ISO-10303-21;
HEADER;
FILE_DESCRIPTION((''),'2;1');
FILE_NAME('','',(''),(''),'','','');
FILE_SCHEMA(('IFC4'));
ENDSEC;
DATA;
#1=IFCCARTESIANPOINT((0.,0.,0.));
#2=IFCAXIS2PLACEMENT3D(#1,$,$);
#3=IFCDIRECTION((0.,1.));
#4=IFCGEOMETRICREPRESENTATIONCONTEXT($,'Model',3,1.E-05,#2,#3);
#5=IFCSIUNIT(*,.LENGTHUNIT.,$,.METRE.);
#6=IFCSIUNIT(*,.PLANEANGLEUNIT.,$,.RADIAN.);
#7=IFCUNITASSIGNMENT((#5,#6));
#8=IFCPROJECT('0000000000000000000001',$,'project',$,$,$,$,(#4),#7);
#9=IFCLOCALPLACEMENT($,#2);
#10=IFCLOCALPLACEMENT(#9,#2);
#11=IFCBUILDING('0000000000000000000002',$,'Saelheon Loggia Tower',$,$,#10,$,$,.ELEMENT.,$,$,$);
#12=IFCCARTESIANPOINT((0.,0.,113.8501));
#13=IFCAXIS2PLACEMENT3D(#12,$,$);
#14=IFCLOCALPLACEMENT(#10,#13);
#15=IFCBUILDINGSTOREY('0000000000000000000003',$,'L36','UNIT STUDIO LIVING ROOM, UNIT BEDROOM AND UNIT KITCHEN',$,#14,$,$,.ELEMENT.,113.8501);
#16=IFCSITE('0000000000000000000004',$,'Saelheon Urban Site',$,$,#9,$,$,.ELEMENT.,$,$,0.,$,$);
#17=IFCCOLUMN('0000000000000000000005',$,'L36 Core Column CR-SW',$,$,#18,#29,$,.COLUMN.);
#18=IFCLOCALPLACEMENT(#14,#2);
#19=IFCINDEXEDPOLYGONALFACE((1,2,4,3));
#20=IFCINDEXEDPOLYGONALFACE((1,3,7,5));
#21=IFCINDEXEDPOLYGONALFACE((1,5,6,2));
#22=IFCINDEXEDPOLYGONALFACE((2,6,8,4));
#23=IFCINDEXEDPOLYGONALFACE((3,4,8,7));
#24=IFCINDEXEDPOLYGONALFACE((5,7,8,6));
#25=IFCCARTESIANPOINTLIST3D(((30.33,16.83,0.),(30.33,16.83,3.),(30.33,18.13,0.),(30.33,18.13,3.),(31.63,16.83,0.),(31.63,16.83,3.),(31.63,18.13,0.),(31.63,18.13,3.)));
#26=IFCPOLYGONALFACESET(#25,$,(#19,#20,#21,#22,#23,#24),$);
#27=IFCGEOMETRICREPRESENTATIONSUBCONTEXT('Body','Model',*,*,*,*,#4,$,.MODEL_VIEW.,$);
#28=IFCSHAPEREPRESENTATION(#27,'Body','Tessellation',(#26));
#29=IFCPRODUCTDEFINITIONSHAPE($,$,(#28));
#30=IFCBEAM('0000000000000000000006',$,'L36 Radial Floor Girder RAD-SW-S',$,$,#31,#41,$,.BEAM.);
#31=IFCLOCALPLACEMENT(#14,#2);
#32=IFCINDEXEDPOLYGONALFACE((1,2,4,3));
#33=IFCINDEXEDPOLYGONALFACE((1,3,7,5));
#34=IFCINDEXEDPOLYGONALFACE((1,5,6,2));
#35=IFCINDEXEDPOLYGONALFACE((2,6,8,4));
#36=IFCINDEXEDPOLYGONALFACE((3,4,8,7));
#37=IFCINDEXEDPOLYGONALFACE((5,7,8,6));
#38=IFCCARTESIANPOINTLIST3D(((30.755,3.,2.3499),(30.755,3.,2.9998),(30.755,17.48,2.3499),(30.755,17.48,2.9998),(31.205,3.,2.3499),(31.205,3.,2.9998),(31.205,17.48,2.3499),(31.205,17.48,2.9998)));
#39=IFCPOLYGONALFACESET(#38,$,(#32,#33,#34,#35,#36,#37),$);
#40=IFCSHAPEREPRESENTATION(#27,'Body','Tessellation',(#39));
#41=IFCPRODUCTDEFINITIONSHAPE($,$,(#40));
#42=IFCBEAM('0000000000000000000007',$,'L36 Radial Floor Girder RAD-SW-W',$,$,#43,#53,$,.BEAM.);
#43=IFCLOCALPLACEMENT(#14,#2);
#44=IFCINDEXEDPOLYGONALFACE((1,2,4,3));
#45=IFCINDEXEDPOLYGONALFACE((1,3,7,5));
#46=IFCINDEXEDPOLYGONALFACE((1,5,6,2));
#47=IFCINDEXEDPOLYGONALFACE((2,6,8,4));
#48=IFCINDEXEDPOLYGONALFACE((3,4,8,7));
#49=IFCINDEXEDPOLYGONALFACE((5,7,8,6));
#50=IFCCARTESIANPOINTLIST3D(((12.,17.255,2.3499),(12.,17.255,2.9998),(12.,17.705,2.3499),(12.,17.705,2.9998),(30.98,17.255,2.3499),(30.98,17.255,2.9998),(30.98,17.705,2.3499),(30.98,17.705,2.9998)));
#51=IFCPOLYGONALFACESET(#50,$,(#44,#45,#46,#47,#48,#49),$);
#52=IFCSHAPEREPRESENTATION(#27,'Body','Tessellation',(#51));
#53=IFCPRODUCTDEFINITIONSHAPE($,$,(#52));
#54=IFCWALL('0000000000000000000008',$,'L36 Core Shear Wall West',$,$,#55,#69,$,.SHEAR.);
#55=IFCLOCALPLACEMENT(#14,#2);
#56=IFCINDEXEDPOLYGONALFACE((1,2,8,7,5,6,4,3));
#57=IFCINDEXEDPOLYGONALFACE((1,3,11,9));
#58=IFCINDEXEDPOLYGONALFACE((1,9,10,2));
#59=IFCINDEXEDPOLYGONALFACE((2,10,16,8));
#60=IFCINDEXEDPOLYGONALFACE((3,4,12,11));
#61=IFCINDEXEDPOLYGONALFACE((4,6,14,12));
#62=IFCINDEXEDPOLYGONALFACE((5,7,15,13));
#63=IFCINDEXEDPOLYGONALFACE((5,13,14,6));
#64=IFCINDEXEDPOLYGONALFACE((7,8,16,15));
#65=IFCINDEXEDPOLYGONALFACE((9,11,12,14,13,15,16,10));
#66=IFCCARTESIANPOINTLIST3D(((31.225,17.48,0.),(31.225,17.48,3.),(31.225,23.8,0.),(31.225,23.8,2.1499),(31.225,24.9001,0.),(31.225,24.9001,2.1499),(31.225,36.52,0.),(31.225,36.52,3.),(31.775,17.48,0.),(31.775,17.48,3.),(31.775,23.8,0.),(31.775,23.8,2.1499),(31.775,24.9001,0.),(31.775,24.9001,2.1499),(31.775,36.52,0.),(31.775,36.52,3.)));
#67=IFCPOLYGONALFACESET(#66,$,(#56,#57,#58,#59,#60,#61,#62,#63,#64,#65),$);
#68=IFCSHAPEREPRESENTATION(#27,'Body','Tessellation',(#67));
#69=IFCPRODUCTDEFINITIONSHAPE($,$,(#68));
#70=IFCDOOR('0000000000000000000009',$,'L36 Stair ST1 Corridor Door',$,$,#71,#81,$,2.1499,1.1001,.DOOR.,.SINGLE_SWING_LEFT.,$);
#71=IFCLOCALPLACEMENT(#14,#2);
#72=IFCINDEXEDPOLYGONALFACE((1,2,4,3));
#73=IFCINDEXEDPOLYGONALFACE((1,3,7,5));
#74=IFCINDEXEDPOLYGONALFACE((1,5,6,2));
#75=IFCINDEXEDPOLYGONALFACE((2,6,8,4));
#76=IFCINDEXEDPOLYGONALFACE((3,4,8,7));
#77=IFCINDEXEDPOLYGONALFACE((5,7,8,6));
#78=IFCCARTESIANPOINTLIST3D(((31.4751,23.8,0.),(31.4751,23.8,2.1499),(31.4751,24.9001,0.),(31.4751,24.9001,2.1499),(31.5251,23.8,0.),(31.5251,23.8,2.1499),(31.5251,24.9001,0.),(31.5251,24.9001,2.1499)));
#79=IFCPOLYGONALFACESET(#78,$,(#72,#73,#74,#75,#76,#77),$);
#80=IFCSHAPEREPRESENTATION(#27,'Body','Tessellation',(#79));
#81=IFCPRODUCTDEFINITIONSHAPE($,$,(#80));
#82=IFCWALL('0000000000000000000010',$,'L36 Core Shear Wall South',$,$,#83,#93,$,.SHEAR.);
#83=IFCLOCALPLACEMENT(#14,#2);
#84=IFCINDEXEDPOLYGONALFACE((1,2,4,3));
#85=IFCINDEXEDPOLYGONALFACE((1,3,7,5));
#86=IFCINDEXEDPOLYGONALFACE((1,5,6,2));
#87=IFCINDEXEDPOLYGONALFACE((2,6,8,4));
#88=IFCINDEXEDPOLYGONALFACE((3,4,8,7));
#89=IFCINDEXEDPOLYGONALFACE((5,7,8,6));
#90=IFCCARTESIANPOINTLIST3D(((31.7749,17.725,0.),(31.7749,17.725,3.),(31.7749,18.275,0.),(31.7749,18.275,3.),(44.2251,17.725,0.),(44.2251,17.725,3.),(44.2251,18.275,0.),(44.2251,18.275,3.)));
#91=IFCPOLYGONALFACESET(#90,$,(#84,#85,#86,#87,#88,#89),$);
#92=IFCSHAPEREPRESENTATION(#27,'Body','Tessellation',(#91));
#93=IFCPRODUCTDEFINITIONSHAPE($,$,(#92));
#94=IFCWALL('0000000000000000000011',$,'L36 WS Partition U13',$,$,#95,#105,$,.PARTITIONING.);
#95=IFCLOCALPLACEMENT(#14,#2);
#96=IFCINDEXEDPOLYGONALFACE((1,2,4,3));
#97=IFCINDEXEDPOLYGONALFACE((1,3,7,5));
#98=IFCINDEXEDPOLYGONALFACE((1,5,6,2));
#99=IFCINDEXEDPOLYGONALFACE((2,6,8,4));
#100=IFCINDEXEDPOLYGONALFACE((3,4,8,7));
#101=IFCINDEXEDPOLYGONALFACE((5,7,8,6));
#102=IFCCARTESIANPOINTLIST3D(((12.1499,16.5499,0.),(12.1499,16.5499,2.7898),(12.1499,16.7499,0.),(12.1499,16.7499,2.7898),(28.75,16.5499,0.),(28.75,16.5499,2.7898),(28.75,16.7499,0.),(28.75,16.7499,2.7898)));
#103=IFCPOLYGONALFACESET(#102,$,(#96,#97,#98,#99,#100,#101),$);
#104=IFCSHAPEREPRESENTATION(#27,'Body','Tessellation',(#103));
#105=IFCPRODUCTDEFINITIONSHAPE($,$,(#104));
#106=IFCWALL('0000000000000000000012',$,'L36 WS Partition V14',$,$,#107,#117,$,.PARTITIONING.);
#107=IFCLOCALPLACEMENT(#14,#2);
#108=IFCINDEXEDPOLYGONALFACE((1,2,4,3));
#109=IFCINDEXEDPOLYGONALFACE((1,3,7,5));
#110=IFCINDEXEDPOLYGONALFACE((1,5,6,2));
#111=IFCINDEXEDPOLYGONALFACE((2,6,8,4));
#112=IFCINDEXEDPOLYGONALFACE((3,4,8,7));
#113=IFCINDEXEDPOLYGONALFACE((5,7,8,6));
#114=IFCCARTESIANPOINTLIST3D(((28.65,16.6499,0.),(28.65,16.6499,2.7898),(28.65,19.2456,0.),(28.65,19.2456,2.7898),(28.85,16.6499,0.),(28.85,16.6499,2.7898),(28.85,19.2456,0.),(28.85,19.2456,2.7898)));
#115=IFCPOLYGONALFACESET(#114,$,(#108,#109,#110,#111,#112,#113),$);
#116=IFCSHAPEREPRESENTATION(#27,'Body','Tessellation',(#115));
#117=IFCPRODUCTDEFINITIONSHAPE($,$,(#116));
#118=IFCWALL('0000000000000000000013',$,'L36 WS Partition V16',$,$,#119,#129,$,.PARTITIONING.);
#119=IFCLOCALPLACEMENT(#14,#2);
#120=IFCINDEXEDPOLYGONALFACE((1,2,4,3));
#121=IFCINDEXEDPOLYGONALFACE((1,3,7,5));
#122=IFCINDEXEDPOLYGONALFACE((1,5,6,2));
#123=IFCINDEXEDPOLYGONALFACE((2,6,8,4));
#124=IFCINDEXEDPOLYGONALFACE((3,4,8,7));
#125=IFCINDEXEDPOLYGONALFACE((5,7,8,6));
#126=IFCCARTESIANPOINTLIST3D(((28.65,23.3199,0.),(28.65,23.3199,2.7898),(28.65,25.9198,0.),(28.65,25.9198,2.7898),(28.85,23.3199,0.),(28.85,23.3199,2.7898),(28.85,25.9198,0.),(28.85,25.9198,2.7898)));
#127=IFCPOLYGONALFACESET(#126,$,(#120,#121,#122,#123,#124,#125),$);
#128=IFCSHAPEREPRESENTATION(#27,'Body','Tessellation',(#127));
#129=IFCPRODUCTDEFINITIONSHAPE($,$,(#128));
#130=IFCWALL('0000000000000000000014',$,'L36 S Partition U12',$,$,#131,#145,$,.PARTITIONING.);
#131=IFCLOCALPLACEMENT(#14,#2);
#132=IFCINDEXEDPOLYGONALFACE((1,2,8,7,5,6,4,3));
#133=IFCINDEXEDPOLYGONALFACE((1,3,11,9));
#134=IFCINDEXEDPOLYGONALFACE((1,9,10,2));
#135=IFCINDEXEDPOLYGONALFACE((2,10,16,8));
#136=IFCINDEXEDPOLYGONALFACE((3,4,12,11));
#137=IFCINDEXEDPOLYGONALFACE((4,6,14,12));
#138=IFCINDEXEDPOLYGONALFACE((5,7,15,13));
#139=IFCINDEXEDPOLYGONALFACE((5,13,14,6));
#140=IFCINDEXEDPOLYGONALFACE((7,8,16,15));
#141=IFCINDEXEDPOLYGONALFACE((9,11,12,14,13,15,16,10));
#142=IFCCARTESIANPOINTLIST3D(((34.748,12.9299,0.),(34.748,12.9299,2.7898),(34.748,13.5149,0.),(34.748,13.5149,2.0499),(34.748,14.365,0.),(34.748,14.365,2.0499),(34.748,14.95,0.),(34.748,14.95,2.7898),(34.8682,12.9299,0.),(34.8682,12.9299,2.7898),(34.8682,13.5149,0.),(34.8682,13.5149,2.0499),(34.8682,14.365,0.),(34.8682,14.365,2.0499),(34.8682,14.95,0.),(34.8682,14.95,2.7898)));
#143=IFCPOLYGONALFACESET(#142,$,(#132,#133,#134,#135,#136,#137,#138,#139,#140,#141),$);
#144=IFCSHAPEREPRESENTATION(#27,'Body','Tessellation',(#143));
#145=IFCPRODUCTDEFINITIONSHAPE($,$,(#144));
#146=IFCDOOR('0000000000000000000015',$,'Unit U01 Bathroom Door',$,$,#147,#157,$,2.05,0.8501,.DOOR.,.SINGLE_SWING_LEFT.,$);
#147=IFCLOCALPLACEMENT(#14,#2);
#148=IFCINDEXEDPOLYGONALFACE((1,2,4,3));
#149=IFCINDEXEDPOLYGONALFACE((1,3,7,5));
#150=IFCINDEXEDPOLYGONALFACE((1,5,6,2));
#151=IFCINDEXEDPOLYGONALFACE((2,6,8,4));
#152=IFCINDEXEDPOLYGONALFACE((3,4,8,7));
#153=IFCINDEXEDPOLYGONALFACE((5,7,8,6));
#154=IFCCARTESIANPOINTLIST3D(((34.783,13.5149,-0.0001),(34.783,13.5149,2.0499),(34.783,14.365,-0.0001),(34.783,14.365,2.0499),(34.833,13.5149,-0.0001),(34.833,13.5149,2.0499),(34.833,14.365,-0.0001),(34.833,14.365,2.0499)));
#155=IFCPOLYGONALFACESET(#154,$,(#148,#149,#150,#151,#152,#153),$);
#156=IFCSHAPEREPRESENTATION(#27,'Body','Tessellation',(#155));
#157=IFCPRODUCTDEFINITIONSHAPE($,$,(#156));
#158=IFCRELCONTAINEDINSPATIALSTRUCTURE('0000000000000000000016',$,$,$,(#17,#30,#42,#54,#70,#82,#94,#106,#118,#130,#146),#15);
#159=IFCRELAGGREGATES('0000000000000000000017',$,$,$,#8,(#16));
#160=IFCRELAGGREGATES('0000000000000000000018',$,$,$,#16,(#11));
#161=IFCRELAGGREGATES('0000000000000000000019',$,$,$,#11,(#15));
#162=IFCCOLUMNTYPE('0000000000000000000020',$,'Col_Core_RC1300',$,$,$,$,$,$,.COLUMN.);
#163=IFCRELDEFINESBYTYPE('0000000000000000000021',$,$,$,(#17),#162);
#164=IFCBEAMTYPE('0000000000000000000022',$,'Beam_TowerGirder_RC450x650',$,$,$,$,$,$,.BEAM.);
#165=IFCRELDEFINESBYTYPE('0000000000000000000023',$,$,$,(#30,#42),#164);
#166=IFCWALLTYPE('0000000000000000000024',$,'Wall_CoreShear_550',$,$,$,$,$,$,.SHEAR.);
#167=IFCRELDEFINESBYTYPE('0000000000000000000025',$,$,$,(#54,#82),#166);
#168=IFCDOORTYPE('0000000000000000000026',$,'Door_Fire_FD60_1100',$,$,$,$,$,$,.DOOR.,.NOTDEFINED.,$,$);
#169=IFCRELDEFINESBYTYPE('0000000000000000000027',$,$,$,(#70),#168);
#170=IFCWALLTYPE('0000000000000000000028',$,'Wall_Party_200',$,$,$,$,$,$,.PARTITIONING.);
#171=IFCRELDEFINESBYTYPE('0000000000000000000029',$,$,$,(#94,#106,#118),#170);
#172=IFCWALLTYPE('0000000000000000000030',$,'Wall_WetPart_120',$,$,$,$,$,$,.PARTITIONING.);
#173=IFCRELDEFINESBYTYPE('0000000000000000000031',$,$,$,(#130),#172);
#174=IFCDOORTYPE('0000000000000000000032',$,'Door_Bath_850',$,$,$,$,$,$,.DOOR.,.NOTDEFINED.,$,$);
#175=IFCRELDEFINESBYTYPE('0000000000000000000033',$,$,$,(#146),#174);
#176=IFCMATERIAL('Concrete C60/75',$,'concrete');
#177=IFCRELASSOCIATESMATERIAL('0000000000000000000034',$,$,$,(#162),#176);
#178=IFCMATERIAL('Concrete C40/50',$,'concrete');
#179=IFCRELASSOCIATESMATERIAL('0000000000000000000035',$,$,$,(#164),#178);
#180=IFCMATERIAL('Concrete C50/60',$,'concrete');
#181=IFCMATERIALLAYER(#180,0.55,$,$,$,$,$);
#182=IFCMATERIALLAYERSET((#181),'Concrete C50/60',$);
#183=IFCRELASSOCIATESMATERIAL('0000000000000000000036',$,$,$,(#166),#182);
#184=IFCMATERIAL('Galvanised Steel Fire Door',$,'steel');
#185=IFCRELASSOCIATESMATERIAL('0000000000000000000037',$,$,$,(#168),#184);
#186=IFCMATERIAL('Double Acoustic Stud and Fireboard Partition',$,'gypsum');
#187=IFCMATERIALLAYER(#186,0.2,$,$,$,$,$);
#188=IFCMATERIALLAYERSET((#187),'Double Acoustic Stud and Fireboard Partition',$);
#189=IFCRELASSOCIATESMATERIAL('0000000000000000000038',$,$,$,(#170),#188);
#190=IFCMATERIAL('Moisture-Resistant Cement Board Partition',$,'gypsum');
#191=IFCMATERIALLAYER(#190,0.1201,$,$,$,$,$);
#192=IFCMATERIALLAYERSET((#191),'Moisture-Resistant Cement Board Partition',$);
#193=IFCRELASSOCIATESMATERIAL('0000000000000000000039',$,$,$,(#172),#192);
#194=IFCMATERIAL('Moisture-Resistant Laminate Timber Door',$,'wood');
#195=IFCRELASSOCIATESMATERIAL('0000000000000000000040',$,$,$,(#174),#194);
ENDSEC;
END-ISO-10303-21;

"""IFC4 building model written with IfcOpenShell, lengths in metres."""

from ifc_helpers import new_model, si_unit, direction, frame, frame_2d, origin, origin_2d, place, context, subcontext, project, spatial, rectangle, extrude, source, transform, mapped, material, layer, layer_set, material_profile, profile_set, type_object, element, fill, save


model = new_model("IFC4")

# Units and contexts
model_context = context("Model", 3, precision=1e-05, world=origin(), true_north=direction((0.0, 1.0)))
body_context = subcontext(model_context, "Body", "Model", "MODEL_VIEW")
ifc_project = project(units=[si_unit("LENGTHUNIT", "METRE"), si_unit("PLANEANGLEUNIT", "RADIAN")], contexts=[model_context])

# Site, building, storey
site_placement = place(None, origin())
site = spatial("IfcSite", under=ifc_project, at=site_placement, Name="Saelheon Urban Site", CompositionType="ELEMENT", RefElevation=0.0)
building_placement = place(site_placement, origin())
building = spatial("IfcBuilding", under=site, at=building_placement, Name="Saelheon Loggia Tower", CompositionType="ELEMENT")
storey_placement = place(building_placement, frame((0.0, 0.0, 113.8501)))
storey = spatial("IfcBuildingStorey", under=building, at=storey_placement, Name="L36", Description="UNIT STUDIO LIVING ROOM, UNIT BEDROOM AND UNIT KITCHEN", CompositionType="ELEMENT", Elevation=113.8501)

# Column
ifc_material_1 = material(Name="Concrete C60/75", Category="concrete")
ifc_material_profile_1 = material_profile(ifc_material_1, rectangle(XDim=1.3, YDim=1.3, at=origin_2d()), Name="RC-1300x1300")
ifc_profile_set_1 = profile_set([ifc_material_profile_1], Name="Concrete C60/75")
column_type = type_object("IfcColumnType", Name="Col_Core_RC1300", PredefinedType="COLUMN", material=ifc_profile_set_1)
shared_shape_1 = source(origin(), body_context, "Body", "SweptSolid", [
    extrude(rectangle(XDim=1.3, YDim=1.3, at=origin_2d()), origin(), (0.0, 0.0, 1.0), 3.0),
])
column_placement = place(storey_placement, frame((30.98, 17.48, 0.0), z_axis=(0.0, 0.0, 1.0), x_axis=(1.0, 0.0, 0.0)))
element("IfcColumn", 1, at=column_placement, inside=storey, type_object=column_type, Name="L36 Core Column CR-SW", PredefinedType="COLUMN", context=body_context, shape_type="MappedRepresentation", body=[
    mapped(shared_shape_1, transform((0.0, 0.0, 0.0), scale=1.0)),
])

# Beams
ifc_material_2 = material(Name="Concrete C40/50", Category="concrete")
ifc_material_profile_2 = material_profile(ifc_material_2, rectangle(XDim=0.45, YDim=0.6499, at=origin_2d()), Name="RC-450x650")
ifc_profile_set_2 = profile_set([ifc_material_profile_2], Name="Concrete C40/50")
beam_type = type_object("IfcBeamType", Name="Beam_TowerGirder_RC450x650", PredefinedType="BEAM", material=ifc_profile_set_2)
shared_shape_2 = source(origin(), body_context, "Body", "SweptSolid", [
    extrude(rectangle(XDim=0.45, YDim=0.6499, at=origin_2d()), origin(), (0.0, 0.0, 1.0), 14.48),
])
beam_1_placement = place(storey_placement, frame((30.98, 17.48, 2.6748), z_axis=(0.0, -1.0, 0.0), x_axis=(1.0, 0.0, 0.0)))
element("IfcBeam", 2, at=beam_1_placement, inside=storey, type_object=beam_type, Name="L36 Radial Floor Girder RAD-SW-S", PredefinedType="BEAM", context=body_context, shape_type="MappedRepresentation", body=[
    mapped(shared_shape_2, transform((0.0, 0.0, 0.0), scale=1.0)),
])
shared_shape_3 = source(origin(), body_context, "Body", "SweptSolid", [
    extrude(rectangle(XDim=0.45, YDim=0.6499, at=origin_2d()), origin(), (0.0, 0.0, 1.0), 18.98),
])
beam_2_placement = place(storey_placement, frame((30.98, 17.48, 2.6748), z_axis=(-1.0, 0.0, 0.0), x_axis=(0.0, -1.0, 0.0)))
element("IfcBeam", 3, at=beam_2_placement, inside=storey, type_object=beam_type, Name="L36 Radial Floor Girder RAD-SW-W", PredefinedType="BEAM", context=body_context, shape_type="MappedRepresentation", body=[
    mapped(shared_shape_3, transform((0.0, 0.0, 0.0), scale=1.0)),
])

# Wall, opening, door
ifc_material_3 = material(Name="Concrete C50/60", Category="concrete")
ifc_layer_1 = layer(ifc_material_3, 0.55)
ifc_layer_set_1 = layer_set([ifc_layer_1], Name="Concrete C50/60")
wall_type_1 = type_object("IfcWallType", Name="Wall_CoreShear_550", PredefinedType="SHEAR", material=ifc_layer_set_1)
wall_1_placement = place(storey_placement, frame((31.5, 17.48, 0.0), z_axis=(0.0, 0.0, 1.0), x_axis=(0.0, 1.0, 0.0)))
wall_1 = element("IfcWall", 4, at=wall_1_placement, inside=storey, type_object=wall_type_1, Name="L36 Core Shear Wall West", PredefinedType="SHEAR", context=body_context, shape_type="SweptSolid", body=[
    extrude(rectangle(XDim=19.04, YDim=0.55, at=frame_2d((9.52, 0.0))), origin(), (0.0, 0.0, 1.0), 3.0),
])
opening_1_placement = place(wall_1_placement, frame((6.3201, 0.0, 0.0)))
opening_1 = element("IfcOpeningElement", 5, at=opening_1_placement, cuts=wall_1, PredefinedType="OPENING", context=body_context, shape_type="SweptSolid", body=[
    extrude(rectangle(XDim=1.1001, YDim=2.1499, at=frame_2d((0.55, 1.075))), frame((0.0, 0.2871, 0.0), z_axis=(0.0, -1.0, 0.0), x_axis=(1.0, 0.0, 0.0)), (0.0, 0.0, 1.0), 0.574),
])
ifc_material_4 = material(Name="Galvanised Steel Fire Door", Category="steel")
door_type_1 = type_object("IfcDoorType", Name="Door_Fire_FD60_1100", OperationType="NOTDEFINED", PredefinedType="DOOR", material=ifc_material_4)
shared_shape_4 = source(origin(), body_context, "Body", "SweptSolid", [
    extrude(rectangle(XDim=1.1001, YDim=2.1499, at=frame_2d((0.55, 1.075))), frame((0.0, 0.0249, 0.0), z_axis=(0.0, -1.0, 0.0), x_axis=(1.0, 0.0, 0.0)), (0.0, 0.0, 1.0), 0.05),
])
door_1_placement = place(opening_1_placement, origin())
door_1 = element("IfcDoor", 6, at=door_1_placement, inside=storey, type_object=door_type_1, Name="L36 Stair ST1 Corridor Door", OperationType="SINGLE_SWING_LEFT", OverallHeight=2.1499, OverallWidth=1.1001, PredefinedType="DOOR", context=body_context, shape_type="MappedRepresentation", body=[
    mapped(shared_shape_4, transform((0.0, 0.0, 0.0), scale=1.0)),
])
fill(opening_1, door_1)

# Wall
wall_2_placement = place(storey_placement, frame((31.7749, 18.0, 0.0), z_axis=(0.0, 0.0, 1.0), x_axis=(1.0, 0.0, 0.0)))
element("IfcWall", 7, at=wall_2_placement, inside=storey, type_object=wall_type_1, Name="L36 Core Shear Wall South", PredefinedType="SHEAR", context=body_context, shape_type="SweptSolid", body=[
    extrude(rectangle(XDim=12.4502, YDim=0.55, at=frame_2d((6.2251, 0.0))), origin(), (0.0, 0.0, 1.0), 3.0),
])

# Shared definitions
ifc_material_5 = material(Name="Double Acoustic Stud and Fireboard Partition", Category="gypsum")
ifc_layer_2 = layer(ifc_material_5, 0.2)
ifc_layer_set_2 = layer_set([ifc_layer_2], Name="Double Acoustic Stud and Fireboard Partition")
wall_type_2 = type_object("IfcWallType", Name="Wall_Party_200", PredefinedType="PARTITIONING", material=ifc_layer_set_2)

# Walls
wall_3_placement = place(storey_placement, frame((28.75, 16.6499, 0.0), z_axis=(0.0, 0.0, 1.0), x_axis=(-1.0, 0.0, 0.0)))
element("IfcWall", 8, at=wall_3_placement, inside=storey, type_object=wall_type_2, Name="L36 WS Partition U13", PredefinedType="PARTITIONING", context=body_context, shape_type="SweptSolid", body=[
    extrude(rectangle(XDim=16.6001, YDim=0.2, at=frame_2d((8.3, 0.0))), origin(), (0.0, 0.0, 1.0), 2.7898),
])
wall_4_placement = place(storey_placement, frame((28.75, 16.6499, 0.0), z_axis=(0.0, 0.0, 1.0), x_axis=(0.0, 1.0, 0.0)))
element("IfcWall", 9, at=wall_4_placement, inside=storey, type_object=wall_type_2, Name="L36 WS Partition V14", PredefinedType="PARTITIONING", context=body_context, shape_type="SweptSolid", body=[
    extrude(rectangle(XDim=2.5957, YDim=0.2, at=frame_2d((1.2979, 0.0))), origin(), (0.0, 0.0, 1.0), 2.7898),
])

# Wall
wall_5_placement = place(storey_placement, frame((28.75, 23.3201, 0.0), z_axis=(0.0, 0.0, 1.0), x_axis=(0.0, 1.0, 0.0)))
element("IfcWall", 10, at=wall_5_placement, inside=storey, type_object=wall_type_2, Name="L36 WS Partition V16", PredefinedType="PARTITIONING", context=body_context, shape_type="SweptSolid", body=[
    extrude(rectangle(XDim=2.5999, YDim=0.2, at=frame_2d((1.2998, 0.0))), origin(), (0.0, 0.0, 1.0), 2.7898),
])

# Wall, opening, door
ifc_material_6 = material(Name="Moisture-Resistant Cement Board Partition", Category="gypsum")
ifc_layer_3 = layer(ifc_material_6, 0.1201)
ifc_layer_set_3 = layer_set([ifc_layer_3], Name="Moisture-Resistant Cement Board Partition")
wall_type_3 = type_object("IfcWallType", Name="Wall_WetPart_120", PredefinedType="PARTITIONING", material=ifc_layer_set_3)
wall_6_placement = place(storey_placement, frame((34.8081, 14.95, 0.0), z_axis=(0.0, 0.0, 1.0), x_axis=(0.0, -1.0, 0.0)))
wall_6 = element("IfcWall", 11, at=wall_6_placement, inside=storey, type_object=wall_type_3, Name="L36 S Partition U12", PredefinedType="PARTITIONING", context=body_context, shape_type="SweptSolid", body=[
    extrude(rectangle(XDim=2.02, YDim=0.1201, at=frame_2d((1.01, 0.0))), origin(), (0.0, 0.0, 1.0), 2.7898),
])
opening_2_placement = place(wall_6_placement, frame((0.585, 0.0, 0.0)))
opening_2 = element("IfcOpeningElement", 12, at=opening_2_placement, cuts=wall_6, PredefinedType="OPENING", context=body_context, shape_type="SweptSolid", body=[
    extrude(rectangle(XDim=0.8501, YDim=2.05, at=frame_2d((0.425, 1.0249))), frame((0.0, 0.072, 0.0), z_axis=(0.0, -1.0, 0.0), x_axis=(1.0, 0.0, 0.0)), (0.0, 0.0, 1.0), 0.144),
])
ifc_material_7 = material(Name="Moisture-Resistant Laminate Timber Door", Category="wood")
door_type_2 = type_object("IfcDoorType", Name="Door_Bath_850", OperationType="NOTDEFINED", PredefinedType="DOOR", material=ifc_material_7)
shared_shape_5 = source(origin(), body_context, "Body", "SweptSolid", [
    extrude(rectangle(XDim=0.8501, YDim=2.05, at=frame_2d((0.425, 1.0249))), frame((0.0, 0.0249, 0.0), z_axis=(0.0, -1.0, 0.0), x_axis=(1.0, 0.0, 0.0)), (0.0, 0.0, 1.0), 0.05),
])
door_2_placement = place(opening_2_placement, origin())
door_2 = element("IfcDoor", 13, at=door_2_placement, inside=storey, type_object=door_type_2, Name="Unit U01 Bathroom Door", OperationType="SINGLE_SWING_LEFT", OverallHeight=2.05, OverallWidth=0.8501, PredefinedType="DOOR", context=body_context, shape_type="MappedRepresentation", body=[
    mapped(shared_shape_5, transform((0.0, 0.0, 0.0), scale=1.0)),
])
fill(opening_2, door_2)

save(model, "model.ifc")
